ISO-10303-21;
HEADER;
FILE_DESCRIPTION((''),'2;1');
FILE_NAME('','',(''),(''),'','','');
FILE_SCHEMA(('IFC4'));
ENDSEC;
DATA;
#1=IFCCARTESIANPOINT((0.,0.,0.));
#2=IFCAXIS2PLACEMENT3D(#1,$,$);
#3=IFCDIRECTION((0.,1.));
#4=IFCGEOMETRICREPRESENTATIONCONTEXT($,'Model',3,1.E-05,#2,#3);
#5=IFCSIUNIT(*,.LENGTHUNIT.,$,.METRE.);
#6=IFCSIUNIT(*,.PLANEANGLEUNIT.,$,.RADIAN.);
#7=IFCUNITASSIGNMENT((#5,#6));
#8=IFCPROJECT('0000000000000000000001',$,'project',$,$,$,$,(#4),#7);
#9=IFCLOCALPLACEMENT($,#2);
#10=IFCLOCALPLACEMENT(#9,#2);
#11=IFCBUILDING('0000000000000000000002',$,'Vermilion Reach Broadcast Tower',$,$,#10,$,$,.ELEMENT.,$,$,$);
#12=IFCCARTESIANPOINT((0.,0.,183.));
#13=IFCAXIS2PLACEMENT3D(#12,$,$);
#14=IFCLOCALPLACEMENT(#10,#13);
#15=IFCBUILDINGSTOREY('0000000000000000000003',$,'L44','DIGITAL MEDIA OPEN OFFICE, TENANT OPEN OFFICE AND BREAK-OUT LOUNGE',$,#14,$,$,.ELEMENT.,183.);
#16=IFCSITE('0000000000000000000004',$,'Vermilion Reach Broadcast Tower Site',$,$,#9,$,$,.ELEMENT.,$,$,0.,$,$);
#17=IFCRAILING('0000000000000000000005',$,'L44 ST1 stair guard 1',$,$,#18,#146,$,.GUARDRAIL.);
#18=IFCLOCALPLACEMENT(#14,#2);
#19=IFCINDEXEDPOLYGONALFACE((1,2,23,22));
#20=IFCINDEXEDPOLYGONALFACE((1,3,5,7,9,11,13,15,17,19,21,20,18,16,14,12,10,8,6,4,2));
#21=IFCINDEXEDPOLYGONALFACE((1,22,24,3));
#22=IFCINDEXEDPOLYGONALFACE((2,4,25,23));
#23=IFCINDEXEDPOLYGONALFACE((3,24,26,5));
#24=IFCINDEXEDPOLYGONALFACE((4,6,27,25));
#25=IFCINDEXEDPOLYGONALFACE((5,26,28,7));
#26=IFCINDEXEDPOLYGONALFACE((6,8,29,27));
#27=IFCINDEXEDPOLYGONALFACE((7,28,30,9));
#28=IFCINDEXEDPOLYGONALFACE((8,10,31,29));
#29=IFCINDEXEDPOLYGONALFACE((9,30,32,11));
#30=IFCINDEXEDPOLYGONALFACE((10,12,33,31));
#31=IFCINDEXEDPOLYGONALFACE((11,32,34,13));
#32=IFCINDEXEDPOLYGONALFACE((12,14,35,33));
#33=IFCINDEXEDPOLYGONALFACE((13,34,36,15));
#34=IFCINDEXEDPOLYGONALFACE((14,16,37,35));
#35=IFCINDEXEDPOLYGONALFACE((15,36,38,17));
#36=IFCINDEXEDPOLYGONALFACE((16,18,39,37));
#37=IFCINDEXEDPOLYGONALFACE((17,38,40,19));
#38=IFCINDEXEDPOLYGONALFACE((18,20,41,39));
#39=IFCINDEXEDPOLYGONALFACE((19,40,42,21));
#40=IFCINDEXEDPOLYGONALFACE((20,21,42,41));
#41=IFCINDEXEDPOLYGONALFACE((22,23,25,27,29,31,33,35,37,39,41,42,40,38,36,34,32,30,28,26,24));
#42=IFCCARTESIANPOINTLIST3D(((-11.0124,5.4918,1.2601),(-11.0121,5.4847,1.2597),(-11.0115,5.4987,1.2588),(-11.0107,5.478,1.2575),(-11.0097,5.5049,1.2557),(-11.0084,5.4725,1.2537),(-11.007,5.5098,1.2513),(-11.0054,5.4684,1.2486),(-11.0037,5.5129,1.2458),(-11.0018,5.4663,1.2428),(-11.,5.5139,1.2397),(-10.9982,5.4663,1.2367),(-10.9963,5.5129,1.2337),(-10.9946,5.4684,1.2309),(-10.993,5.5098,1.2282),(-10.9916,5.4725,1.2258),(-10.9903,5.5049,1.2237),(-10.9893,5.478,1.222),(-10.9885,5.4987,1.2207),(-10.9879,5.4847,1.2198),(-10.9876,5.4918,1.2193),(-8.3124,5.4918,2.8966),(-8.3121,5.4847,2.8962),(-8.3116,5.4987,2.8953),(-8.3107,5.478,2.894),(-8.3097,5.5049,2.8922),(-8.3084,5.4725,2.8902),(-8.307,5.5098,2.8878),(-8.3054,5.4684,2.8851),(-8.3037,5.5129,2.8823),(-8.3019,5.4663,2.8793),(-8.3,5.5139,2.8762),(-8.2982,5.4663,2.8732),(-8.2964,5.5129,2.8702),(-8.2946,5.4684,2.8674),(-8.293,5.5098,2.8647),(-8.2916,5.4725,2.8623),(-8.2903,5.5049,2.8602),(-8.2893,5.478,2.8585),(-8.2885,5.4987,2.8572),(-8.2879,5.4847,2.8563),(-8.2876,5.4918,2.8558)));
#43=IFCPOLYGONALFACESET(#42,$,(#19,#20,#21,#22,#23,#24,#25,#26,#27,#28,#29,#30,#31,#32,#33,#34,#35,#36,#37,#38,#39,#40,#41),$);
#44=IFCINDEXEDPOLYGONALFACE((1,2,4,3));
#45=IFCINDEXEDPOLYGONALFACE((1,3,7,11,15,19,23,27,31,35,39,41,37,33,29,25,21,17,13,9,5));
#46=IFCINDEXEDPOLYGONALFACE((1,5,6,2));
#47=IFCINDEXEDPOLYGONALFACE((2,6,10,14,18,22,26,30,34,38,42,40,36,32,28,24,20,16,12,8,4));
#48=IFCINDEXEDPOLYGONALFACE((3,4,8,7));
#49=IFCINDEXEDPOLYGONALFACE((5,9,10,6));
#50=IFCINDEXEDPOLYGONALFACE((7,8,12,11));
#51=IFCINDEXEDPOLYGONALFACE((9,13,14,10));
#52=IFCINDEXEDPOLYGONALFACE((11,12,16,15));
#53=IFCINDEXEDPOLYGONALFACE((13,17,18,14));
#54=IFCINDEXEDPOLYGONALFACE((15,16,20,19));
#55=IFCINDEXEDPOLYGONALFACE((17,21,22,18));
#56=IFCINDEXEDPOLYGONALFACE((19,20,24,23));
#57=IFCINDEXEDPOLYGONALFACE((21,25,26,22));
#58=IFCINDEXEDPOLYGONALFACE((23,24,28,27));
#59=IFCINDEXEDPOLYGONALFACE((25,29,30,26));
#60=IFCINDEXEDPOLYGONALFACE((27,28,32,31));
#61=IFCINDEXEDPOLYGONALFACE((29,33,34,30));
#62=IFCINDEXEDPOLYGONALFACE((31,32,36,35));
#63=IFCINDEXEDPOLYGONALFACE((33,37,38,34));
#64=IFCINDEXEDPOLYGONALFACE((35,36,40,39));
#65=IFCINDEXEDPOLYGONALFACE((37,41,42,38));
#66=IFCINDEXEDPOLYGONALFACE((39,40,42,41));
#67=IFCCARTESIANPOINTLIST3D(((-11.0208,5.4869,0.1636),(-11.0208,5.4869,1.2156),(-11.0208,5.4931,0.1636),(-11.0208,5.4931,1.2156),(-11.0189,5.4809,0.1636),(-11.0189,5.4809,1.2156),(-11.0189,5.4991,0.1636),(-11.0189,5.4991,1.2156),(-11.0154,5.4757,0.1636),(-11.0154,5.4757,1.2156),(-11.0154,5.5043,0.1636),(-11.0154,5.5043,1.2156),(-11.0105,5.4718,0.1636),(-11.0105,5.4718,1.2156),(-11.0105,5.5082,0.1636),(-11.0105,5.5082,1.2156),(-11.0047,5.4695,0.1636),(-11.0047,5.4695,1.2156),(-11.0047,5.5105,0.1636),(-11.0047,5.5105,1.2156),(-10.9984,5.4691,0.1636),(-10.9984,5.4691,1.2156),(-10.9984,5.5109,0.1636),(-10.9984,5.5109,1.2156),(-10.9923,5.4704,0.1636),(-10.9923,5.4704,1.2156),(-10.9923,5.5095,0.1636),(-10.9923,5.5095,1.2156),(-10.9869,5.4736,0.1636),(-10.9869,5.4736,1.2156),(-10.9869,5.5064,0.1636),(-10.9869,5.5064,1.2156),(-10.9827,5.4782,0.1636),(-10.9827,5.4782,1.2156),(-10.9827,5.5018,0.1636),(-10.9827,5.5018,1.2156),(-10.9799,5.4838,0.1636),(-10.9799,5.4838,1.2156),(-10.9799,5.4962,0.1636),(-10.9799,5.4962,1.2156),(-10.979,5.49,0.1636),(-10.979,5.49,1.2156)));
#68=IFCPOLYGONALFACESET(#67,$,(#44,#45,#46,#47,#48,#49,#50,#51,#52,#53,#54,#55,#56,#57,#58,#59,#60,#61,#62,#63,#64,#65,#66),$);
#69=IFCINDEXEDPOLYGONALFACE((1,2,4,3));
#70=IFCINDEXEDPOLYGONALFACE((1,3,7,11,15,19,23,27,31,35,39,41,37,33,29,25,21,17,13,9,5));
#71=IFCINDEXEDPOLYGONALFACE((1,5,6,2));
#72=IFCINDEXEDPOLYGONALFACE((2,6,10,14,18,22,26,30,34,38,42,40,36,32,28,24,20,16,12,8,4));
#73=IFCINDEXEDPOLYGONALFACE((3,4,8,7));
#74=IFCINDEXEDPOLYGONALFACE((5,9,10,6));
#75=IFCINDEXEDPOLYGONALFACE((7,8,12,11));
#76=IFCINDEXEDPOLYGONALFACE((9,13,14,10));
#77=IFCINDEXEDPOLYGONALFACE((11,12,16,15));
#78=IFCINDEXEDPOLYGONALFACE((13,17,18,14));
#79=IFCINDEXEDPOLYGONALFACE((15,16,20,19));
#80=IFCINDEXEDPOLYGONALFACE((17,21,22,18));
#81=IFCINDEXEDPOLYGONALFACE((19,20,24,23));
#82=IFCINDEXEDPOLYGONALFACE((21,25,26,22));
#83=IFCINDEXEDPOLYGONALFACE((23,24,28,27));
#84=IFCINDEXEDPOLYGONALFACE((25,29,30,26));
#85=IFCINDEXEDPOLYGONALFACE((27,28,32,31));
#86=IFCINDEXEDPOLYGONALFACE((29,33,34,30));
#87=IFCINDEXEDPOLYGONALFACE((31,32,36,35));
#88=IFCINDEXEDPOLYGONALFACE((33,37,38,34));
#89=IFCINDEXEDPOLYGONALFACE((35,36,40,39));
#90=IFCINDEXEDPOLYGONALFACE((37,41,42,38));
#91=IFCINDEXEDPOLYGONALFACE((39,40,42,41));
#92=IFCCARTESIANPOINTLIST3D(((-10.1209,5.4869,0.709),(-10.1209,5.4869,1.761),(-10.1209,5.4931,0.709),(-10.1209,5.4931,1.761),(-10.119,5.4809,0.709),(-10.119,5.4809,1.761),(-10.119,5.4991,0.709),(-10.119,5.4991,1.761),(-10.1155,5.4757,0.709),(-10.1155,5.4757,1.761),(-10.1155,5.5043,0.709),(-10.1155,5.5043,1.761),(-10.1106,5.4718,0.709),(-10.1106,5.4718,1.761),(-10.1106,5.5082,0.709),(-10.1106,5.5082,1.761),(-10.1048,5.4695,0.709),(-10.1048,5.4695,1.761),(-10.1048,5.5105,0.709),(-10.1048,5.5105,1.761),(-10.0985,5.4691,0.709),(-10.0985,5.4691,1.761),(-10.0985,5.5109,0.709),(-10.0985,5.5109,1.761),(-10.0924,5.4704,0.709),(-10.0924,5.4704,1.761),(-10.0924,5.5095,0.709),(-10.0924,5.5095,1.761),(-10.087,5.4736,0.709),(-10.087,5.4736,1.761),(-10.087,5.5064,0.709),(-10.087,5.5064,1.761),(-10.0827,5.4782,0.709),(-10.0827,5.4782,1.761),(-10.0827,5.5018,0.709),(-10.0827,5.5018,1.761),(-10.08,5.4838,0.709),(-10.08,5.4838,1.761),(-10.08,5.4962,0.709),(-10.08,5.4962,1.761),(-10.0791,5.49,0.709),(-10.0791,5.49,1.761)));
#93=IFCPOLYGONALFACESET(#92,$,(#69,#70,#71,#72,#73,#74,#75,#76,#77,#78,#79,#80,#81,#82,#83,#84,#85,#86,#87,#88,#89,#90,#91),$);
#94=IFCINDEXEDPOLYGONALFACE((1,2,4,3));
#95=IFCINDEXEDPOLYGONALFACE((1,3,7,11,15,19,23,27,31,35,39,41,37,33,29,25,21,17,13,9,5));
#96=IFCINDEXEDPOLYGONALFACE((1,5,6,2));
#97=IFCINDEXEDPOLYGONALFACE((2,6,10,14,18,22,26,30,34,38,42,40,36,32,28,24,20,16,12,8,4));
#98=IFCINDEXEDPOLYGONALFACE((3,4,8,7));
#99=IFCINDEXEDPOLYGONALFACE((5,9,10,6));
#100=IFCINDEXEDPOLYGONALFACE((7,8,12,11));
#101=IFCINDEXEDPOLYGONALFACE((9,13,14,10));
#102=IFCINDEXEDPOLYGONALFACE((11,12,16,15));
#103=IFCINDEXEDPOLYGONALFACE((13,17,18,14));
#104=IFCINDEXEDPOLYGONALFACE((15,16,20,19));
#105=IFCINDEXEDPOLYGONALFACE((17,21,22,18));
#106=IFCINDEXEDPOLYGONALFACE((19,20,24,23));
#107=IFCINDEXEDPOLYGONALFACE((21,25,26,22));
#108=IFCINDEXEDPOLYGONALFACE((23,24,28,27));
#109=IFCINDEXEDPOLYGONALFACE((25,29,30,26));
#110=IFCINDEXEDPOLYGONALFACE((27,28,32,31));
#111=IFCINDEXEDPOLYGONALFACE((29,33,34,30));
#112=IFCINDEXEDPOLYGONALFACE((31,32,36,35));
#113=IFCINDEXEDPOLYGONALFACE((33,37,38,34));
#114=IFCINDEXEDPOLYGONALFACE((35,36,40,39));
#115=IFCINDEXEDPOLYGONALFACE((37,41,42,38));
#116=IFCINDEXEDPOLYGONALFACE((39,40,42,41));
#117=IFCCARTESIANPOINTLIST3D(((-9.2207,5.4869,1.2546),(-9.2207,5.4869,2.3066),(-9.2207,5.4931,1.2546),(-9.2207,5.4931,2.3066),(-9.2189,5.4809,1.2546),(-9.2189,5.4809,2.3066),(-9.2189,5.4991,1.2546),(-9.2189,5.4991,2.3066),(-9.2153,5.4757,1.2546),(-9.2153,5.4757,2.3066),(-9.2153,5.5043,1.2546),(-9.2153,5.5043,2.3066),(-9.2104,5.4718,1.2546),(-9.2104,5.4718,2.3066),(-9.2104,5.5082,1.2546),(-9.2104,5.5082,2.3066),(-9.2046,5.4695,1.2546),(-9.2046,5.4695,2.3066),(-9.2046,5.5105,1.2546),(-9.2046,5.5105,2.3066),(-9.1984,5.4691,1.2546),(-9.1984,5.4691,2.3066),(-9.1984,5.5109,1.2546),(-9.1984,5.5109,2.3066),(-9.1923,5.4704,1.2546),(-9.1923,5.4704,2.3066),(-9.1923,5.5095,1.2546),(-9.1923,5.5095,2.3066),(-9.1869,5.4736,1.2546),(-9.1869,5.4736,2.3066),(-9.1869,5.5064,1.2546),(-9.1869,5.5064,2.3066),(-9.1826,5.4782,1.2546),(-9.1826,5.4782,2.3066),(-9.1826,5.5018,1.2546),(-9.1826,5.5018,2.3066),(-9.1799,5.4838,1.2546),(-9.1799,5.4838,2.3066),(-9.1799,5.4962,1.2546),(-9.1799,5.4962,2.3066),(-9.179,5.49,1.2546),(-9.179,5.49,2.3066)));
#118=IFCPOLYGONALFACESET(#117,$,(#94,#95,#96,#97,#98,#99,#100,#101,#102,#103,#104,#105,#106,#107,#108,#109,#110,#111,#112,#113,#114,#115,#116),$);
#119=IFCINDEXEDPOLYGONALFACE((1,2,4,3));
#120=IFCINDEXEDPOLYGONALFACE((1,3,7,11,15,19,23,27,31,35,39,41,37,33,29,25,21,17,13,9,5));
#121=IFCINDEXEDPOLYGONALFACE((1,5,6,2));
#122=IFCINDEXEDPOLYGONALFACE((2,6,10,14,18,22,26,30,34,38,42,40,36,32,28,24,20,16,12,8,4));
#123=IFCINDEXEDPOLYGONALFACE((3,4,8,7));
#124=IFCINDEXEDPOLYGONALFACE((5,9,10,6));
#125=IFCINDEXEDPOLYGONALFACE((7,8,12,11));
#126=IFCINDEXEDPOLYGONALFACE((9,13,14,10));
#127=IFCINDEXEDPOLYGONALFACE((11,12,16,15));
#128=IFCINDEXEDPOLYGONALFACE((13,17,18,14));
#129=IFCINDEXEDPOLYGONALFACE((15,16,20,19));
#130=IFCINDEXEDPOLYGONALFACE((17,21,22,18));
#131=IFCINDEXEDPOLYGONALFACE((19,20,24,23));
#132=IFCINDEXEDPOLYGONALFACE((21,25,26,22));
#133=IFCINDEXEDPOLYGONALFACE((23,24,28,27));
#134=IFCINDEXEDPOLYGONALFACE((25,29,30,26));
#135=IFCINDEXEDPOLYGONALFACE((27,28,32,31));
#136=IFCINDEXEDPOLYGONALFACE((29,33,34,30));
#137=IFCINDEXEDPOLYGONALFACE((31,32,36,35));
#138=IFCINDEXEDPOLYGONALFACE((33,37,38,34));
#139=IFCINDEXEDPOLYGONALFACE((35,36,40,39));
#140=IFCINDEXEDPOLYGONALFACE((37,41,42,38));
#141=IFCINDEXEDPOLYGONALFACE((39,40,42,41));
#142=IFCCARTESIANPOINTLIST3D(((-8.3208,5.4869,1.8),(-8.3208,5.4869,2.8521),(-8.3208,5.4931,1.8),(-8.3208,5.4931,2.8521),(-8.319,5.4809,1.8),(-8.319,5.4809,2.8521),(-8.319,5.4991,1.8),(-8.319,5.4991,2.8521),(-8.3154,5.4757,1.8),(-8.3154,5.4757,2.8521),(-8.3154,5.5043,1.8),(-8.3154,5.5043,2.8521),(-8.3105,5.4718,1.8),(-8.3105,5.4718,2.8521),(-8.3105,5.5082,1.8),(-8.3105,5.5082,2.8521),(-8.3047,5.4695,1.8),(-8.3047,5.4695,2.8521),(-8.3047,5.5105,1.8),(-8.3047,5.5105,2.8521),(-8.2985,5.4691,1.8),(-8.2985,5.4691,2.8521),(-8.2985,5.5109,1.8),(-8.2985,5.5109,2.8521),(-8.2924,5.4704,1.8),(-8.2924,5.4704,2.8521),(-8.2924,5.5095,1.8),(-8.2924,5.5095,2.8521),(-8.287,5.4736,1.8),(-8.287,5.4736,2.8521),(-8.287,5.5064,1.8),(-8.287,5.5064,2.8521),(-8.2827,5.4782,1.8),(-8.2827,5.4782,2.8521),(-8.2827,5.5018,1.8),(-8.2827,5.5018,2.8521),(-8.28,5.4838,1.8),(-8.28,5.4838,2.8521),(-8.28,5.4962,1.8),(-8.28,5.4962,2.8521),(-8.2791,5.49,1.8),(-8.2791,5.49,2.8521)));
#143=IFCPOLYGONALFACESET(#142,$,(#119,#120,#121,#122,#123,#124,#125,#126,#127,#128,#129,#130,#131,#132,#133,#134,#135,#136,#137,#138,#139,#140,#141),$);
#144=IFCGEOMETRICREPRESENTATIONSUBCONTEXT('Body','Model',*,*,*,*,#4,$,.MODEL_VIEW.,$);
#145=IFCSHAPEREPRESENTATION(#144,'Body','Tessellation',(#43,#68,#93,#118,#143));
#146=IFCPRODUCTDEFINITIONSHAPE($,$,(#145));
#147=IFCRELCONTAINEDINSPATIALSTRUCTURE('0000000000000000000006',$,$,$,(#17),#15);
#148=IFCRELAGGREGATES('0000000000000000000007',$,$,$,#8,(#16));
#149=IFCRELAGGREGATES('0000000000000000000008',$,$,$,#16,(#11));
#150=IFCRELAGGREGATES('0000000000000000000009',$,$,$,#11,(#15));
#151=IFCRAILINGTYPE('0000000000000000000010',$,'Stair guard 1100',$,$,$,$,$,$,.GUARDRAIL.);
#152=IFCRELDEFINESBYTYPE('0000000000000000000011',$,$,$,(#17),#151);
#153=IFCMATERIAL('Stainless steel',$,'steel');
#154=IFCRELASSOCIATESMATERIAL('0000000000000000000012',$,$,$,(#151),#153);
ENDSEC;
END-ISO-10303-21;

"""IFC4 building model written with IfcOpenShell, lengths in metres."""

from ifc_helpers import new_model, si_unit, direction, frame, origin, origin_2d, place, context, subcontext, project, spatial, circle, extrude, material, type_object, element, save


model = new_model("IFC4")

# Units and contexts
model_context = context("Model", 3, precision=1e-05, world=origin(), true_north=direction((0.0, 1.0)))
body_context = subcontext(model_context, "Body", "Model", "MODEL_VIEW")
ifc_project = project(units=[si_unit("LENGTHUNIT", "METRE"), si_unit("PLANEANGLEUNIT", "RADIAN")], contexts=[model_context])

# Site, building, storey
site_placement = place(None, origin())
site = spatial("IfcSite", under=ifc_project, at=site_placement, Name="Vermilion Reach Broadcast Tower Site", CompositionType="ELEMENT", RefElevation=0.0)
building_placement = place(site_placement, origin())
building = spatial("IfcBuilding", under=site, at=building_placement, Name="Vermilion Reach Broadcast Tower", CompositionType="ELEMENT")
storey_placement = place(building_placement, frame((0.0, 0.0, 183.0)))
storey = spatial("IfcBuildingStorey", under=building, at=storey_placement, Name="L44", Description="DIGITAL MEDIA OPEN OFFICE, TENANT OPEN OFFICE AND BREAK-OUT LOUNGE", CompositionType="ELEMENT", Elevation=183.0)

# Railing
ifc_material_1 = material(Name="Stainless steel", Category="steel")
railing_type_1 = type_object("IfcRailingType", Name="Stair guard 1100", PredefinedType="GUARDRAIL", material=ifc_material_1)
railing_1_placement = place(storey_placement, frame((-11.0, 5.49, 0.1636)))
element("IfcRailing", 1, at=railing_1_placement, inside=storey, type_object=railing_type_1, Name="L44 ST1 stair guard 1", PredefinedType="GUARDRAIL", context=body_context, shape_type="SweptSolid", body=[
    extrude(circle(Radius=0.0239, at=origin_2d()), frame((0.0, 0.0, 1.0762), z_axis=(0.855178, 0.0, 0.518334), x_axis=(0.0, 1.0, 0.0)), (0.0, 0.0, 1.0), 3.1572),
    extrude(circle(Radius=0.021, at=origin_2d()), origin(), (0.0, 0.0, 1.0), 1.052),
    extrude(circle(Radius=0.021, at=origin_2d()), frame((0.8999, 0.0, 0.5454)), (0.0, 0.0, 1.0), 1.052),
    extrude(circle(Radius=0.021, at=origin_2d()), frame((1.8, 0.0, 1.0911)), (0.0, 0.0, 1.0), 1.052),
    extrude(circle(Radius=0.021, at=origin_2d()), frame((2.7, 0.0, 1.6365)), (0.0, 0.0, 1.0), 1.052),
])

save(model, "model.ifc")
